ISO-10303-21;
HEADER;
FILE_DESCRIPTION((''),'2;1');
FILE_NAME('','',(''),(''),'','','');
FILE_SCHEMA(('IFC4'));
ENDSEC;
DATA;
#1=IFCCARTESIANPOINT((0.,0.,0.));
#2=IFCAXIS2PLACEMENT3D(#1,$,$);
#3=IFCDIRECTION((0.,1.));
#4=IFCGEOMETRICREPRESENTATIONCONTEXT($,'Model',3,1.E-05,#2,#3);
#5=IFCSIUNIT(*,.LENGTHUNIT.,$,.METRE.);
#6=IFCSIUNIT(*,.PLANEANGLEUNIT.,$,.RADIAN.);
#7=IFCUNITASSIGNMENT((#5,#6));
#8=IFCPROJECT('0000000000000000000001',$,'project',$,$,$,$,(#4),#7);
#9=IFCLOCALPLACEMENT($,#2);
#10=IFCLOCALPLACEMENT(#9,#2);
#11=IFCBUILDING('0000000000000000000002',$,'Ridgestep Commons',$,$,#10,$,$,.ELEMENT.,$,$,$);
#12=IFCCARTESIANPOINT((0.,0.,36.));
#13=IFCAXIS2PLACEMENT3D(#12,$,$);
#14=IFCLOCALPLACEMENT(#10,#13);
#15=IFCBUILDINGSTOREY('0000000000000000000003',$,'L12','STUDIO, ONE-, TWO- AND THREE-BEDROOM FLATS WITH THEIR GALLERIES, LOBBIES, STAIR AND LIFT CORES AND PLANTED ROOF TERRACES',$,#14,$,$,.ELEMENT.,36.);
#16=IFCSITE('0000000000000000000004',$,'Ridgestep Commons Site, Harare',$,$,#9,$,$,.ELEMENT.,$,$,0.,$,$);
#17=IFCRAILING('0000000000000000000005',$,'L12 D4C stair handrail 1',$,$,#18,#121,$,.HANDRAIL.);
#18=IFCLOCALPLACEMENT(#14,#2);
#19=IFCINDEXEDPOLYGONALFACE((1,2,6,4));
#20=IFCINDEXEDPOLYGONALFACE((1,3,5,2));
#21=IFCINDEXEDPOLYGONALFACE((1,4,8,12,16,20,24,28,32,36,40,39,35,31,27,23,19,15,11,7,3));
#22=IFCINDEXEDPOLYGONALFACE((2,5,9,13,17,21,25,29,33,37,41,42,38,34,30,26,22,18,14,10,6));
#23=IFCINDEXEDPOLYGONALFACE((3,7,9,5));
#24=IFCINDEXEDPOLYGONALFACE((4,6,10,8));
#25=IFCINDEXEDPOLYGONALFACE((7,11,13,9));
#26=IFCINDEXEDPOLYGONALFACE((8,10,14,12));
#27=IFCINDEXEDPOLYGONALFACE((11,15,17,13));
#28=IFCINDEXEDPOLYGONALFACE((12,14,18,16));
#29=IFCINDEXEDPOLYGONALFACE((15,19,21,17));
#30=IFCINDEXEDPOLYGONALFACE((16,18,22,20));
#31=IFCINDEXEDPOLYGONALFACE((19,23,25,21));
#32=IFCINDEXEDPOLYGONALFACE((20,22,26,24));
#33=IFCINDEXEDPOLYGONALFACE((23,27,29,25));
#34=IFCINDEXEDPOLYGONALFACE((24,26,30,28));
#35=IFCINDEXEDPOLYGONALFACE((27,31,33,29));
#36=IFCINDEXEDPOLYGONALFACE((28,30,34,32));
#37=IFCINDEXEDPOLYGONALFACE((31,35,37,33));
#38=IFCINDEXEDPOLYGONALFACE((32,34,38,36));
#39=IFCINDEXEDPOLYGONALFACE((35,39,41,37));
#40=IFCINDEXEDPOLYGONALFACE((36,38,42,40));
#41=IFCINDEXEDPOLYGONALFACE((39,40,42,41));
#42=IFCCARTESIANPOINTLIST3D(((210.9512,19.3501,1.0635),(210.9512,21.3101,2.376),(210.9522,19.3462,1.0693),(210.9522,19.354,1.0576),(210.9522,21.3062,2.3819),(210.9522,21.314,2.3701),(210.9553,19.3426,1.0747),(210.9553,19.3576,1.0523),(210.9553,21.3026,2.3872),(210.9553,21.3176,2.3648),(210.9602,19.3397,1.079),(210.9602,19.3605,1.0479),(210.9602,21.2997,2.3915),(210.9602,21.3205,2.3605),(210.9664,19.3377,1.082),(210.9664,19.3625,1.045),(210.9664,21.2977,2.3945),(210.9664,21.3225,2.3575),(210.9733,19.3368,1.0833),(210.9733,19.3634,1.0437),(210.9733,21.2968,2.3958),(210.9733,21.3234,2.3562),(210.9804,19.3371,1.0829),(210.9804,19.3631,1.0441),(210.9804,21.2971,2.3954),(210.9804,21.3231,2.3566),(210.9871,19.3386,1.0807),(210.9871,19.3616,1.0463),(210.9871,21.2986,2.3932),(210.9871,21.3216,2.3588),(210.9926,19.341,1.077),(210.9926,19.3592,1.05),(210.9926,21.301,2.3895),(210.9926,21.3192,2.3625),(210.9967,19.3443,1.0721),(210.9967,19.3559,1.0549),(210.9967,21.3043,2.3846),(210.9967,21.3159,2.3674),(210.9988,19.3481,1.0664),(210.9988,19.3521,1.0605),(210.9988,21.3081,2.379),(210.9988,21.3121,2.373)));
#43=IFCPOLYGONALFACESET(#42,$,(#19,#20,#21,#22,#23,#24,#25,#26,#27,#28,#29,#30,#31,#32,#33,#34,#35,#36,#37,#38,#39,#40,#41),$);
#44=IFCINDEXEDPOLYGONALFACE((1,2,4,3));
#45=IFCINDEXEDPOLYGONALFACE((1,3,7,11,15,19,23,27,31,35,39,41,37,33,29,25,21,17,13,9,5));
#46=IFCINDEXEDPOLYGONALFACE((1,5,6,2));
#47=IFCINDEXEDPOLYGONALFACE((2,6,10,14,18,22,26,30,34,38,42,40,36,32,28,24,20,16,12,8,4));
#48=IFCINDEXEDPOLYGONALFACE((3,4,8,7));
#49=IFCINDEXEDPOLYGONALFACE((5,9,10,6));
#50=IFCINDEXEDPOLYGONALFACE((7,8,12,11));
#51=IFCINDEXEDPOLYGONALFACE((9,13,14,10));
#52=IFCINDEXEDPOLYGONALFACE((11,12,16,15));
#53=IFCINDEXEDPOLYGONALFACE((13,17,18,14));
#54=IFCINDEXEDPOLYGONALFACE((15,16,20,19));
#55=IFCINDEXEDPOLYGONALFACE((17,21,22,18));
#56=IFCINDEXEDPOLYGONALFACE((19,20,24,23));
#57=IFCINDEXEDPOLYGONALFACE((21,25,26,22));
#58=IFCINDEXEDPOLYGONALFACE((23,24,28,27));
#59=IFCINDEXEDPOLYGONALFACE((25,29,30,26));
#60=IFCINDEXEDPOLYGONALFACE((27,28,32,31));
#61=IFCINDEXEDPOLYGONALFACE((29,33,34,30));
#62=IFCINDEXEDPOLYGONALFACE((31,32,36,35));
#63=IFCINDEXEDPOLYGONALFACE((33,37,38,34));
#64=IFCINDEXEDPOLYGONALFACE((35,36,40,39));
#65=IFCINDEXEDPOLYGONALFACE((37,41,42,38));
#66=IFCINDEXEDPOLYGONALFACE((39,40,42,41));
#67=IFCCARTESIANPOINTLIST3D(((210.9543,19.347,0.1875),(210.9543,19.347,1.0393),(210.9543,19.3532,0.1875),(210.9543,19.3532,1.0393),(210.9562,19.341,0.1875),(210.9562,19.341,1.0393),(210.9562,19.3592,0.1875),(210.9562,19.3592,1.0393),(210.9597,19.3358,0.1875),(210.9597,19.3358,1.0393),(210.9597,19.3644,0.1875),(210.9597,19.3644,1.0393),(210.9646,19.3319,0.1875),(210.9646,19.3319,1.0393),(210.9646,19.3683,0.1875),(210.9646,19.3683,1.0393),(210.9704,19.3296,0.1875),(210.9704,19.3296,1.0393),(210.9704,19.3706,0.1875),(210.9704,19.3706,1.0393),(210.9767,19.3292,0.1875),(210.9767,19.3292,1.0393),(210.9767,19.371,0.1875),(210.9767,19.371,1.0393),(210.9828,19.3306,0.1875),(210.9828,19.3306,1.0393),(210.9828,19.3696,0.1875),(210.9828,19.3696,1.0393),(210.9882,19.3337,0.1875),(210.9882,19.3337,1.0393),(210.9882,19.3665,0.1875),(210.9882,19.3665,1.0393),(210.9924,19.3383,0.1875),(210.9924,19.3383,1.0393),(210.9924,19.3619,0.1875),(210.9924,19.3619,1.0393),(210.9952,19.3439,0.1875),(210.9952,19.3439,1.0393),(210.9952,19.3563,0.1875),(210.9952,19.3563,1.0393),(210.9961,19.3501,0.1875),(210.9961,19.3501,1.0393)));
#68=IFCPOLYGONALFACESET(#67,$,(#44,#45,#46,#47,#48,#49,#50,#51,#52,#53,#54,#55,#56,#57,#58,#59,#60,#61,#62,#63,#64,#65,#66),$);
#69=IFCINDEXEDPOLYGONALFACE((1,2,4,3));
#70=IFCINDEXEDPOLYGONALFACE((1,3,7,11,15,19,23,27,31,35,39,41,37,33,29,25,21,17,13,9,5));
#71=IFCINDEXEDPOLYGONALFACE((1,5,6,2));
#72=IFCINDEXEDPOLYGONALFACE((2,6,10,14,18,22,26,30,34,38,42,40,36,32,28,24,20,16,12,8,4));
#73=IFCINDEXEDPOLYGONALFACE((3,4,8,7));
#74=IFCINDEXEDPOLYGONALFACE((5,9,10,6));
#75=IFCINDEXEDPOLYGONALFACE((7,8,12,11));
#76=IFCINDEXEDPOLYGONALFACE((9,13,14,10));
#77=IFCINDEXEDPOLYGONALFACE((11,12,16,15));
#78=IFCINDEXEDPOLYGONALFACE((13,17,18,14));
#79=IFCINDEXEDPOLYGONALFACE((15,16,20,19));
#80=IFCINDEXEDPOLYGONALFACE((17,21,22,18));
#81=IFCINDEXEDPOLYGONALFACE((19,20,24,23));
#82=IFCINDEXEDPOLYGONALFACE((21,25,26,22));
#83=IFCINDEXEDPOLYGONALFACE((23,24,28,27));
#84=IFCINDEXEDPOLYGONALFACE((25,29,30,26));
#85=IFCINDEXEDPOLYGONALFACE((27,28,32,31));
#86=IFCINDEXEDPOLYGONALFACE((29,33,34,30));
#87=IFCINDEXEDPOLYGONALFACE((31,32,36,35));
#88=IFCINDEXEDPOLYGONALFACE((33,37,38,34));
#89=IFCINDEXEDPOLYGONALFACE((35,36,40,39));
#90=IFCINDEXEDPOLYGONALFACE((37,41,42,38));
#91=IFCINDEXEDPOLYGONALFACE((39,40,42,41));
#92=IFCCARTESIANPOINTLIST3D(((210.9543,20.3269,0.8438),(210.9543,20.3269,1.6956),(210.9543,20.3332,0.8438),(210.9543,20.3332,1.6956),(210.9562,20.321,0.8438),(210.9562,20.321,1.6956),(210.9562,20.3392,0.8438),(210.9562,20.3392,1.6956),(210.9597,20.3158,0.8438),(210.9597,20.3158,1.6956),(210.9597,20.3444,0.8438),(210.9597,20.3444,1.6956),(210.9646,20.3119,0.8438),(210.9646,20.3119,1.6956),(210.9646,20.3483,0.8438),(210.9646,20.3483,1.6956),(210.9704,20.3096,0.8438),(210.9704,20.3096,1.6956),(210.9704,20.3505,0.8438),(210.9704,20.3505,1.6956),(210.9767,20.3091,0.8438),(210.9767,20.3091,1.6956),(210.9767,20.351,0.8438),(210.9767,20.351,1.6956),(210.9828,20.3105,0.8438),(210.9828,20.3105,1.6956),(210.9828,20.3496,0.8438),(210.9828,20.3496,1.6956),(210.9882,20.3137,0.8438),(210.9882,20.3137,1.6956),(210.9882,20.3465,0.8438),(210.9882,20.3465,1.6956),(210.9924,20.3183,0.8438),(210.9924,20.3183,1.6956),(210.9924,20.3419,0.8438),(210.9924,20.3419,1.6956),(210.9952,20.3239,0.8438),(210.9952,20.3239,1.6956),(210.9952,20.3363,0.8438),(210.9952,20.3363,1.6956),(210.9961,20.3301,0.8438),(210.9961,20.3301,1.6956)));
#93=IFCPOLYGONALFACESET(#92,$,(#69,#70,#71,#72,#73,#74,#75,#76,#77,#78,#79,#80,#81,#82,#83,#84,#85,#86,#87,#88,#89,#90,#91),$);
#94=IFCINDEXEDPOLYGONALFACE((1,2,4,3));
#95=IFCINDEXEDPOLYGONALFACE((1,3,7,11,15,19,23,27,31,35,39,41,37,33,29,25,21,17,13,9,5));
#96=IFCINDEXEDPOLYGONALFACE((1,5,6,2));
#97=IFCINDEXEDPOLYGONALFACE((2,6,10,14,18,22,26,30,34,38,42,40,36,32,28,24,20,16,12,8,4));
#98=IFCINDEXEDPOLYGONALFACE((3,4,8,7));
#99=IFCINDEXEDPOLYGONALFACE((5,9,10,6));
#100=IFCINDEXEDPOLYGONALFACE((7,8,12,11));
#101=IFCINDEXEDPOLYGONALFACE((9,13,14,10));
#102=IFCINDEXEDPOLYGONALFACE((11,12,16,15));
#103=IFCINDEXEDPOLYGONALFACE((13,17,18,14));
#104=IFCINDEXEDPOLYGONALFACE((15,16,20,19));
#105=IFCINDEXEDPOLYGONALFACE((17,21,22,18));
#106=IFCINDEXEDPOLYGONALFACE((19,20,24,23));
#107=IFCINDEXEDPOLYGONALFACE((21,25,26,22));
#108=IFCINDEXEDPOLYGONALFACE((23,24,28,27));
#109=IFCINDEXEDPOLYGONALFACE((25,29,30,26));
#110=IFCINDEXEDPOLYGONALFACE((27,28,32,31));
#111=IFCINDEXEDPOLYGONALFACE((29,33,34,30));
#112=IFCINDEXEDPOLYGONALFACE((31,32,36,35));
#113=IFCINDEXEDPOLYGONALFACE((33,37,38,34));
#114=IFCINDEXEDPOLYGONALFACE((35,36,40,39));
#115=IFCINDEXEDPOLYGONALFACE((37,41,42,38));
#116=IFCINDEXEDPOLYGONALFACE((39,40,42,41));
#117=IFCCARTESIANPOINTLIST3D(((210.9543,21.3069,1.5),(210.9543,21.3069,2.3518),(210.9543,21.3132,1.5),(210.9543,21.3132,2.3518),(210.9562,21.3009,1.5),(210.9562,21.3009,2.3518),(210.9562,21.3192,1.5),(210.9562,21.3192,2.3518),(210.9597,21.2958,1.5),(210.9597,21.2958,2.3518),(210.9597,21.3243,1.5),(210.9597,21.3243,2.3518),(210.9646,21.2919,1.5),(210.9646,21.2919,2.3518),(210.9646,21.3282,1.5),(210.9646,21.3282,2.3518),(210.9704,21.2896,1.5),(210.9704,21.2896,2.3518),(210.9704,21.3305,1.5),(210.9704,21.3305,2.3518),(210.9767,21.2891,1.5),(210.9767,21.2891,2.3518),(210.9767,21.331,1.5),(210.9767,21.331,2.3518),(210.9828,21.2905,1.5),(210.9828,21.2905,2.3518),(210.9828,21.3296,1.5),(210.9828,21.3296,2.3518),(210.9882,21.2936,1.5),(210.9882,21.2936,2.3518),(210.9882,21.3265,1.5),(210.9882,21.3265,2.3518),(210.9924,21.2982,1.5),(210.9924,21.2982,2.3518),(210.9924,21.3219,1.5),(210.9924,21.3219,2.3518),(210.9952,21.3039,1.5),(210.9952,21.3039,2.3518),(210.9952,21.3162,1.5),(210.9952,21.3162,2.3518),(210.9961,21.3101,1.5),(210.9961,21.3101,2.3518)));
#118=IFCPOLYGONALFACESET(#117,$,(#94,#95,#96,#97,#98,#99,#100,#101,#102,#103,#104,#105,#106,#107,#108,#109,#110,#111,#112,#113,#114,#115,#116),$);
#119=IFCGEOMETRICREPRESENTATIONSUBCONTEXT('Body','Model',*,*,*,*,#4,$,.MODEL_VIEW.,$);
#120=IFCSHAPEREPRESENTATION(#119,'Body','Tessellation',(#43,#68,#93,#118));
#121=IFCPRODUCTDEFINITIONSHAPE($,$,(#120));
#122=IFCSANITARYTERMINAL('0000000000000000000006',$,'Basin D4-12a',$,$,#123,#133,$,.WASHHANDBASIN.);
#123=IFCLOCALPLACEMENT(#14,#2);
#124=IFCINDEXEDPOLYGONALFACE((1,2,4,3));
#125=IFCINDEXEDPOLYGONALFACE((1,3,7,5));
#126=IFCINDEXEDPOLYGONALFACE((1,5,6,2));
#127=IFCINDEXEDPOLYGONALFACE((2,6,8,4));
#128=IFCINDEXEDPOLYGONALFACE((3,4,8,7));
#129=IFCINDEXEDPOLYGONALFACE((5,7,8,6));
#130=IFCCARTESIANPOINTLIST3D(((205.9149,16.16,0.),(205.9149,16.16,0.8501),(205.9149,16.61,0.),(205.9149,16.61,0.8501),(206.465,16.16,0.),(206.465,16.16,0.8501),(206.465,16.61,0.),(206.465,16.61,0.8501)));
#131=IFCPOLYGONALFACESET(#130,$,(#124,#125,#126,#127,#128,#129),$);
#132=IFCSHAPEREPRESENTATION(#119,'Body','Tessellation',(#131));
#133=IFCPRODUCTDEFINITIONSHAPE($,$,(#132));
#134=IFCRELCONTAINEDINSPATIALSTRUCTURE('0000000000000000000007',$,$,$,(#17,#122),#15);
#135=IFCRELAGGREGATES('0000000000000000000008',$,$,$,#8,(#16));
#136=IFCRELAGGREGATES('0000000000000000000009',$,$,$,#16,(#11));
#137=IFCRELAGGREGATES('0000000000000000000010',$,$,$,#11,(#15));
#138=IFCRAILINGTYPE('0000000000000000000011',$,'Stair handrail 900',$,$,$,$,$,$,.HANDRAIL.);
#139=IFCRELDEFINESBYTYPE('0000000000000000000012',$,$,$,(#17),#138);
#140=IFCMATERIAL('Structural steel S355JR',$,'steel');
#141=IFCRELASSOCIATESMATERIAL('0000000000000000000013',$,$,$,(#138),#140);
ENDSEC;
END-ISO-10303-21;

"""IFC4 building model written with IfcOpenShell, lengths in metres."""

from ifc_helpers import new_model, si_unit, direction, frame, origin, origin_2d, place, context, subcontext, project, spatial, rectangle, circle, extrude, material, type_object, element, save


model = new_model("IFC4")

# Units and contexts
model_context = context("Model", 3, precision=1e-05, world=origin(), true_north=direction((0.0, 1.0)))
body_context = subcontext(model_context, "Body", "Model", "MODEL_VIEW")
ifc_project = project(units=[si_unit("LENGTHUNIT", "METRE"), si_unit("PLANEANGLEUNIT", "RADIAN")], contexts=[model_context])

# Site, building, storey
site_placement = place(None, origin())
site = spatial("IfcSite", under=ifc_project, at=site_placement, Name="Ridgestep Commons Site, Harare", CompositionType="ELEMENT", RefElevation=0.0)
building_placement = place(site_placement, origin())
building = spatial("IfcBuilding", under=site, at=building_placement, Name="Ridgestep Commons", CompositionType="ELEMENT")
storey_placement = place(building_placement, frame((0.0, 0.0, 36.0)))
storey = spatial("IfcBuildingStorey", under=building, at=storey_placement, Name="L12", Description="STUDIO, ONE-, TWO- AND THREE-BEDROOM FLATS WITH THEIR GALLERIES, LOBBIES, STAIR AND LIFT CORES AND PLANTED ROOF TERRACES", CompositionType="ELEMENT", Elevation=36.0)

# Railing
ifc_material_1 = material(Name="Structural steel S355JR", Category="steel")
railing_type_1 = type_object("IfcRailingType", Name="Stair handrail 900", PredefinedType="HANDRAIL", material=ifc_material_1)
railing_1_placement = place(storey_placement, frame((210.9751, 19.3501, 0.1875)))
element("IfcRailing", 1, at=railing_1_placement, inside=storey, type_object=railing_type_1, Name="L12 D4C stair handrail 1", PredefinedType="HANDRAIL", context=body_context, shape_type="SweptSolid", body=[
    extrude(circle(Radius=0.0239, at=origin_2d()), frame((0.0, 0.0, 0.876), z_axis=(0.0, 0.830902, 0.556419), x_axis=(-1.0, 0.0, 0.0)), (0.0, 0.0, 1.0), 2.3589),
    extrude(circle(Radius=0.021, at=origin_2d()), origin(), (0.0, 0.0, 1.0), 0.8518),
    extrude(circle(Radius=0.021, at=origin_2d()), frame((0.0, 0.98, 0.6562)), (0.0, 0.0, 1.0), 0.8518),
    extrude(circle(Radius=0.021, at=origin_2d()), frame((0.0, 1.96, 1.3125)), (0.0, 0.0, 1.0), 0.8518),
])

# Sanitary terminal
sanitary_terminal_placement = place(storey_placement, frame((206.1899, 16.385, 0.0), z_axis=(0.0, 0.0, 1.0), x_axis=(1.0, 0.0, 0.0)))
element("IfcSanitaryTerminal", 2, at=sanitary_terminal_placement, inside=storey, Name="Basin D4-12a", PredefinedType="WASHHANDBASIN", context=body_context, shape_type="SweptSolid", body=[
    extrude(rectangle(XDim=0.55, YDim=0.45, at=origin_2d()), origin(), (0.0, 0.0, 1.0), 0.8501),
])

save(model, "model.ifc")
